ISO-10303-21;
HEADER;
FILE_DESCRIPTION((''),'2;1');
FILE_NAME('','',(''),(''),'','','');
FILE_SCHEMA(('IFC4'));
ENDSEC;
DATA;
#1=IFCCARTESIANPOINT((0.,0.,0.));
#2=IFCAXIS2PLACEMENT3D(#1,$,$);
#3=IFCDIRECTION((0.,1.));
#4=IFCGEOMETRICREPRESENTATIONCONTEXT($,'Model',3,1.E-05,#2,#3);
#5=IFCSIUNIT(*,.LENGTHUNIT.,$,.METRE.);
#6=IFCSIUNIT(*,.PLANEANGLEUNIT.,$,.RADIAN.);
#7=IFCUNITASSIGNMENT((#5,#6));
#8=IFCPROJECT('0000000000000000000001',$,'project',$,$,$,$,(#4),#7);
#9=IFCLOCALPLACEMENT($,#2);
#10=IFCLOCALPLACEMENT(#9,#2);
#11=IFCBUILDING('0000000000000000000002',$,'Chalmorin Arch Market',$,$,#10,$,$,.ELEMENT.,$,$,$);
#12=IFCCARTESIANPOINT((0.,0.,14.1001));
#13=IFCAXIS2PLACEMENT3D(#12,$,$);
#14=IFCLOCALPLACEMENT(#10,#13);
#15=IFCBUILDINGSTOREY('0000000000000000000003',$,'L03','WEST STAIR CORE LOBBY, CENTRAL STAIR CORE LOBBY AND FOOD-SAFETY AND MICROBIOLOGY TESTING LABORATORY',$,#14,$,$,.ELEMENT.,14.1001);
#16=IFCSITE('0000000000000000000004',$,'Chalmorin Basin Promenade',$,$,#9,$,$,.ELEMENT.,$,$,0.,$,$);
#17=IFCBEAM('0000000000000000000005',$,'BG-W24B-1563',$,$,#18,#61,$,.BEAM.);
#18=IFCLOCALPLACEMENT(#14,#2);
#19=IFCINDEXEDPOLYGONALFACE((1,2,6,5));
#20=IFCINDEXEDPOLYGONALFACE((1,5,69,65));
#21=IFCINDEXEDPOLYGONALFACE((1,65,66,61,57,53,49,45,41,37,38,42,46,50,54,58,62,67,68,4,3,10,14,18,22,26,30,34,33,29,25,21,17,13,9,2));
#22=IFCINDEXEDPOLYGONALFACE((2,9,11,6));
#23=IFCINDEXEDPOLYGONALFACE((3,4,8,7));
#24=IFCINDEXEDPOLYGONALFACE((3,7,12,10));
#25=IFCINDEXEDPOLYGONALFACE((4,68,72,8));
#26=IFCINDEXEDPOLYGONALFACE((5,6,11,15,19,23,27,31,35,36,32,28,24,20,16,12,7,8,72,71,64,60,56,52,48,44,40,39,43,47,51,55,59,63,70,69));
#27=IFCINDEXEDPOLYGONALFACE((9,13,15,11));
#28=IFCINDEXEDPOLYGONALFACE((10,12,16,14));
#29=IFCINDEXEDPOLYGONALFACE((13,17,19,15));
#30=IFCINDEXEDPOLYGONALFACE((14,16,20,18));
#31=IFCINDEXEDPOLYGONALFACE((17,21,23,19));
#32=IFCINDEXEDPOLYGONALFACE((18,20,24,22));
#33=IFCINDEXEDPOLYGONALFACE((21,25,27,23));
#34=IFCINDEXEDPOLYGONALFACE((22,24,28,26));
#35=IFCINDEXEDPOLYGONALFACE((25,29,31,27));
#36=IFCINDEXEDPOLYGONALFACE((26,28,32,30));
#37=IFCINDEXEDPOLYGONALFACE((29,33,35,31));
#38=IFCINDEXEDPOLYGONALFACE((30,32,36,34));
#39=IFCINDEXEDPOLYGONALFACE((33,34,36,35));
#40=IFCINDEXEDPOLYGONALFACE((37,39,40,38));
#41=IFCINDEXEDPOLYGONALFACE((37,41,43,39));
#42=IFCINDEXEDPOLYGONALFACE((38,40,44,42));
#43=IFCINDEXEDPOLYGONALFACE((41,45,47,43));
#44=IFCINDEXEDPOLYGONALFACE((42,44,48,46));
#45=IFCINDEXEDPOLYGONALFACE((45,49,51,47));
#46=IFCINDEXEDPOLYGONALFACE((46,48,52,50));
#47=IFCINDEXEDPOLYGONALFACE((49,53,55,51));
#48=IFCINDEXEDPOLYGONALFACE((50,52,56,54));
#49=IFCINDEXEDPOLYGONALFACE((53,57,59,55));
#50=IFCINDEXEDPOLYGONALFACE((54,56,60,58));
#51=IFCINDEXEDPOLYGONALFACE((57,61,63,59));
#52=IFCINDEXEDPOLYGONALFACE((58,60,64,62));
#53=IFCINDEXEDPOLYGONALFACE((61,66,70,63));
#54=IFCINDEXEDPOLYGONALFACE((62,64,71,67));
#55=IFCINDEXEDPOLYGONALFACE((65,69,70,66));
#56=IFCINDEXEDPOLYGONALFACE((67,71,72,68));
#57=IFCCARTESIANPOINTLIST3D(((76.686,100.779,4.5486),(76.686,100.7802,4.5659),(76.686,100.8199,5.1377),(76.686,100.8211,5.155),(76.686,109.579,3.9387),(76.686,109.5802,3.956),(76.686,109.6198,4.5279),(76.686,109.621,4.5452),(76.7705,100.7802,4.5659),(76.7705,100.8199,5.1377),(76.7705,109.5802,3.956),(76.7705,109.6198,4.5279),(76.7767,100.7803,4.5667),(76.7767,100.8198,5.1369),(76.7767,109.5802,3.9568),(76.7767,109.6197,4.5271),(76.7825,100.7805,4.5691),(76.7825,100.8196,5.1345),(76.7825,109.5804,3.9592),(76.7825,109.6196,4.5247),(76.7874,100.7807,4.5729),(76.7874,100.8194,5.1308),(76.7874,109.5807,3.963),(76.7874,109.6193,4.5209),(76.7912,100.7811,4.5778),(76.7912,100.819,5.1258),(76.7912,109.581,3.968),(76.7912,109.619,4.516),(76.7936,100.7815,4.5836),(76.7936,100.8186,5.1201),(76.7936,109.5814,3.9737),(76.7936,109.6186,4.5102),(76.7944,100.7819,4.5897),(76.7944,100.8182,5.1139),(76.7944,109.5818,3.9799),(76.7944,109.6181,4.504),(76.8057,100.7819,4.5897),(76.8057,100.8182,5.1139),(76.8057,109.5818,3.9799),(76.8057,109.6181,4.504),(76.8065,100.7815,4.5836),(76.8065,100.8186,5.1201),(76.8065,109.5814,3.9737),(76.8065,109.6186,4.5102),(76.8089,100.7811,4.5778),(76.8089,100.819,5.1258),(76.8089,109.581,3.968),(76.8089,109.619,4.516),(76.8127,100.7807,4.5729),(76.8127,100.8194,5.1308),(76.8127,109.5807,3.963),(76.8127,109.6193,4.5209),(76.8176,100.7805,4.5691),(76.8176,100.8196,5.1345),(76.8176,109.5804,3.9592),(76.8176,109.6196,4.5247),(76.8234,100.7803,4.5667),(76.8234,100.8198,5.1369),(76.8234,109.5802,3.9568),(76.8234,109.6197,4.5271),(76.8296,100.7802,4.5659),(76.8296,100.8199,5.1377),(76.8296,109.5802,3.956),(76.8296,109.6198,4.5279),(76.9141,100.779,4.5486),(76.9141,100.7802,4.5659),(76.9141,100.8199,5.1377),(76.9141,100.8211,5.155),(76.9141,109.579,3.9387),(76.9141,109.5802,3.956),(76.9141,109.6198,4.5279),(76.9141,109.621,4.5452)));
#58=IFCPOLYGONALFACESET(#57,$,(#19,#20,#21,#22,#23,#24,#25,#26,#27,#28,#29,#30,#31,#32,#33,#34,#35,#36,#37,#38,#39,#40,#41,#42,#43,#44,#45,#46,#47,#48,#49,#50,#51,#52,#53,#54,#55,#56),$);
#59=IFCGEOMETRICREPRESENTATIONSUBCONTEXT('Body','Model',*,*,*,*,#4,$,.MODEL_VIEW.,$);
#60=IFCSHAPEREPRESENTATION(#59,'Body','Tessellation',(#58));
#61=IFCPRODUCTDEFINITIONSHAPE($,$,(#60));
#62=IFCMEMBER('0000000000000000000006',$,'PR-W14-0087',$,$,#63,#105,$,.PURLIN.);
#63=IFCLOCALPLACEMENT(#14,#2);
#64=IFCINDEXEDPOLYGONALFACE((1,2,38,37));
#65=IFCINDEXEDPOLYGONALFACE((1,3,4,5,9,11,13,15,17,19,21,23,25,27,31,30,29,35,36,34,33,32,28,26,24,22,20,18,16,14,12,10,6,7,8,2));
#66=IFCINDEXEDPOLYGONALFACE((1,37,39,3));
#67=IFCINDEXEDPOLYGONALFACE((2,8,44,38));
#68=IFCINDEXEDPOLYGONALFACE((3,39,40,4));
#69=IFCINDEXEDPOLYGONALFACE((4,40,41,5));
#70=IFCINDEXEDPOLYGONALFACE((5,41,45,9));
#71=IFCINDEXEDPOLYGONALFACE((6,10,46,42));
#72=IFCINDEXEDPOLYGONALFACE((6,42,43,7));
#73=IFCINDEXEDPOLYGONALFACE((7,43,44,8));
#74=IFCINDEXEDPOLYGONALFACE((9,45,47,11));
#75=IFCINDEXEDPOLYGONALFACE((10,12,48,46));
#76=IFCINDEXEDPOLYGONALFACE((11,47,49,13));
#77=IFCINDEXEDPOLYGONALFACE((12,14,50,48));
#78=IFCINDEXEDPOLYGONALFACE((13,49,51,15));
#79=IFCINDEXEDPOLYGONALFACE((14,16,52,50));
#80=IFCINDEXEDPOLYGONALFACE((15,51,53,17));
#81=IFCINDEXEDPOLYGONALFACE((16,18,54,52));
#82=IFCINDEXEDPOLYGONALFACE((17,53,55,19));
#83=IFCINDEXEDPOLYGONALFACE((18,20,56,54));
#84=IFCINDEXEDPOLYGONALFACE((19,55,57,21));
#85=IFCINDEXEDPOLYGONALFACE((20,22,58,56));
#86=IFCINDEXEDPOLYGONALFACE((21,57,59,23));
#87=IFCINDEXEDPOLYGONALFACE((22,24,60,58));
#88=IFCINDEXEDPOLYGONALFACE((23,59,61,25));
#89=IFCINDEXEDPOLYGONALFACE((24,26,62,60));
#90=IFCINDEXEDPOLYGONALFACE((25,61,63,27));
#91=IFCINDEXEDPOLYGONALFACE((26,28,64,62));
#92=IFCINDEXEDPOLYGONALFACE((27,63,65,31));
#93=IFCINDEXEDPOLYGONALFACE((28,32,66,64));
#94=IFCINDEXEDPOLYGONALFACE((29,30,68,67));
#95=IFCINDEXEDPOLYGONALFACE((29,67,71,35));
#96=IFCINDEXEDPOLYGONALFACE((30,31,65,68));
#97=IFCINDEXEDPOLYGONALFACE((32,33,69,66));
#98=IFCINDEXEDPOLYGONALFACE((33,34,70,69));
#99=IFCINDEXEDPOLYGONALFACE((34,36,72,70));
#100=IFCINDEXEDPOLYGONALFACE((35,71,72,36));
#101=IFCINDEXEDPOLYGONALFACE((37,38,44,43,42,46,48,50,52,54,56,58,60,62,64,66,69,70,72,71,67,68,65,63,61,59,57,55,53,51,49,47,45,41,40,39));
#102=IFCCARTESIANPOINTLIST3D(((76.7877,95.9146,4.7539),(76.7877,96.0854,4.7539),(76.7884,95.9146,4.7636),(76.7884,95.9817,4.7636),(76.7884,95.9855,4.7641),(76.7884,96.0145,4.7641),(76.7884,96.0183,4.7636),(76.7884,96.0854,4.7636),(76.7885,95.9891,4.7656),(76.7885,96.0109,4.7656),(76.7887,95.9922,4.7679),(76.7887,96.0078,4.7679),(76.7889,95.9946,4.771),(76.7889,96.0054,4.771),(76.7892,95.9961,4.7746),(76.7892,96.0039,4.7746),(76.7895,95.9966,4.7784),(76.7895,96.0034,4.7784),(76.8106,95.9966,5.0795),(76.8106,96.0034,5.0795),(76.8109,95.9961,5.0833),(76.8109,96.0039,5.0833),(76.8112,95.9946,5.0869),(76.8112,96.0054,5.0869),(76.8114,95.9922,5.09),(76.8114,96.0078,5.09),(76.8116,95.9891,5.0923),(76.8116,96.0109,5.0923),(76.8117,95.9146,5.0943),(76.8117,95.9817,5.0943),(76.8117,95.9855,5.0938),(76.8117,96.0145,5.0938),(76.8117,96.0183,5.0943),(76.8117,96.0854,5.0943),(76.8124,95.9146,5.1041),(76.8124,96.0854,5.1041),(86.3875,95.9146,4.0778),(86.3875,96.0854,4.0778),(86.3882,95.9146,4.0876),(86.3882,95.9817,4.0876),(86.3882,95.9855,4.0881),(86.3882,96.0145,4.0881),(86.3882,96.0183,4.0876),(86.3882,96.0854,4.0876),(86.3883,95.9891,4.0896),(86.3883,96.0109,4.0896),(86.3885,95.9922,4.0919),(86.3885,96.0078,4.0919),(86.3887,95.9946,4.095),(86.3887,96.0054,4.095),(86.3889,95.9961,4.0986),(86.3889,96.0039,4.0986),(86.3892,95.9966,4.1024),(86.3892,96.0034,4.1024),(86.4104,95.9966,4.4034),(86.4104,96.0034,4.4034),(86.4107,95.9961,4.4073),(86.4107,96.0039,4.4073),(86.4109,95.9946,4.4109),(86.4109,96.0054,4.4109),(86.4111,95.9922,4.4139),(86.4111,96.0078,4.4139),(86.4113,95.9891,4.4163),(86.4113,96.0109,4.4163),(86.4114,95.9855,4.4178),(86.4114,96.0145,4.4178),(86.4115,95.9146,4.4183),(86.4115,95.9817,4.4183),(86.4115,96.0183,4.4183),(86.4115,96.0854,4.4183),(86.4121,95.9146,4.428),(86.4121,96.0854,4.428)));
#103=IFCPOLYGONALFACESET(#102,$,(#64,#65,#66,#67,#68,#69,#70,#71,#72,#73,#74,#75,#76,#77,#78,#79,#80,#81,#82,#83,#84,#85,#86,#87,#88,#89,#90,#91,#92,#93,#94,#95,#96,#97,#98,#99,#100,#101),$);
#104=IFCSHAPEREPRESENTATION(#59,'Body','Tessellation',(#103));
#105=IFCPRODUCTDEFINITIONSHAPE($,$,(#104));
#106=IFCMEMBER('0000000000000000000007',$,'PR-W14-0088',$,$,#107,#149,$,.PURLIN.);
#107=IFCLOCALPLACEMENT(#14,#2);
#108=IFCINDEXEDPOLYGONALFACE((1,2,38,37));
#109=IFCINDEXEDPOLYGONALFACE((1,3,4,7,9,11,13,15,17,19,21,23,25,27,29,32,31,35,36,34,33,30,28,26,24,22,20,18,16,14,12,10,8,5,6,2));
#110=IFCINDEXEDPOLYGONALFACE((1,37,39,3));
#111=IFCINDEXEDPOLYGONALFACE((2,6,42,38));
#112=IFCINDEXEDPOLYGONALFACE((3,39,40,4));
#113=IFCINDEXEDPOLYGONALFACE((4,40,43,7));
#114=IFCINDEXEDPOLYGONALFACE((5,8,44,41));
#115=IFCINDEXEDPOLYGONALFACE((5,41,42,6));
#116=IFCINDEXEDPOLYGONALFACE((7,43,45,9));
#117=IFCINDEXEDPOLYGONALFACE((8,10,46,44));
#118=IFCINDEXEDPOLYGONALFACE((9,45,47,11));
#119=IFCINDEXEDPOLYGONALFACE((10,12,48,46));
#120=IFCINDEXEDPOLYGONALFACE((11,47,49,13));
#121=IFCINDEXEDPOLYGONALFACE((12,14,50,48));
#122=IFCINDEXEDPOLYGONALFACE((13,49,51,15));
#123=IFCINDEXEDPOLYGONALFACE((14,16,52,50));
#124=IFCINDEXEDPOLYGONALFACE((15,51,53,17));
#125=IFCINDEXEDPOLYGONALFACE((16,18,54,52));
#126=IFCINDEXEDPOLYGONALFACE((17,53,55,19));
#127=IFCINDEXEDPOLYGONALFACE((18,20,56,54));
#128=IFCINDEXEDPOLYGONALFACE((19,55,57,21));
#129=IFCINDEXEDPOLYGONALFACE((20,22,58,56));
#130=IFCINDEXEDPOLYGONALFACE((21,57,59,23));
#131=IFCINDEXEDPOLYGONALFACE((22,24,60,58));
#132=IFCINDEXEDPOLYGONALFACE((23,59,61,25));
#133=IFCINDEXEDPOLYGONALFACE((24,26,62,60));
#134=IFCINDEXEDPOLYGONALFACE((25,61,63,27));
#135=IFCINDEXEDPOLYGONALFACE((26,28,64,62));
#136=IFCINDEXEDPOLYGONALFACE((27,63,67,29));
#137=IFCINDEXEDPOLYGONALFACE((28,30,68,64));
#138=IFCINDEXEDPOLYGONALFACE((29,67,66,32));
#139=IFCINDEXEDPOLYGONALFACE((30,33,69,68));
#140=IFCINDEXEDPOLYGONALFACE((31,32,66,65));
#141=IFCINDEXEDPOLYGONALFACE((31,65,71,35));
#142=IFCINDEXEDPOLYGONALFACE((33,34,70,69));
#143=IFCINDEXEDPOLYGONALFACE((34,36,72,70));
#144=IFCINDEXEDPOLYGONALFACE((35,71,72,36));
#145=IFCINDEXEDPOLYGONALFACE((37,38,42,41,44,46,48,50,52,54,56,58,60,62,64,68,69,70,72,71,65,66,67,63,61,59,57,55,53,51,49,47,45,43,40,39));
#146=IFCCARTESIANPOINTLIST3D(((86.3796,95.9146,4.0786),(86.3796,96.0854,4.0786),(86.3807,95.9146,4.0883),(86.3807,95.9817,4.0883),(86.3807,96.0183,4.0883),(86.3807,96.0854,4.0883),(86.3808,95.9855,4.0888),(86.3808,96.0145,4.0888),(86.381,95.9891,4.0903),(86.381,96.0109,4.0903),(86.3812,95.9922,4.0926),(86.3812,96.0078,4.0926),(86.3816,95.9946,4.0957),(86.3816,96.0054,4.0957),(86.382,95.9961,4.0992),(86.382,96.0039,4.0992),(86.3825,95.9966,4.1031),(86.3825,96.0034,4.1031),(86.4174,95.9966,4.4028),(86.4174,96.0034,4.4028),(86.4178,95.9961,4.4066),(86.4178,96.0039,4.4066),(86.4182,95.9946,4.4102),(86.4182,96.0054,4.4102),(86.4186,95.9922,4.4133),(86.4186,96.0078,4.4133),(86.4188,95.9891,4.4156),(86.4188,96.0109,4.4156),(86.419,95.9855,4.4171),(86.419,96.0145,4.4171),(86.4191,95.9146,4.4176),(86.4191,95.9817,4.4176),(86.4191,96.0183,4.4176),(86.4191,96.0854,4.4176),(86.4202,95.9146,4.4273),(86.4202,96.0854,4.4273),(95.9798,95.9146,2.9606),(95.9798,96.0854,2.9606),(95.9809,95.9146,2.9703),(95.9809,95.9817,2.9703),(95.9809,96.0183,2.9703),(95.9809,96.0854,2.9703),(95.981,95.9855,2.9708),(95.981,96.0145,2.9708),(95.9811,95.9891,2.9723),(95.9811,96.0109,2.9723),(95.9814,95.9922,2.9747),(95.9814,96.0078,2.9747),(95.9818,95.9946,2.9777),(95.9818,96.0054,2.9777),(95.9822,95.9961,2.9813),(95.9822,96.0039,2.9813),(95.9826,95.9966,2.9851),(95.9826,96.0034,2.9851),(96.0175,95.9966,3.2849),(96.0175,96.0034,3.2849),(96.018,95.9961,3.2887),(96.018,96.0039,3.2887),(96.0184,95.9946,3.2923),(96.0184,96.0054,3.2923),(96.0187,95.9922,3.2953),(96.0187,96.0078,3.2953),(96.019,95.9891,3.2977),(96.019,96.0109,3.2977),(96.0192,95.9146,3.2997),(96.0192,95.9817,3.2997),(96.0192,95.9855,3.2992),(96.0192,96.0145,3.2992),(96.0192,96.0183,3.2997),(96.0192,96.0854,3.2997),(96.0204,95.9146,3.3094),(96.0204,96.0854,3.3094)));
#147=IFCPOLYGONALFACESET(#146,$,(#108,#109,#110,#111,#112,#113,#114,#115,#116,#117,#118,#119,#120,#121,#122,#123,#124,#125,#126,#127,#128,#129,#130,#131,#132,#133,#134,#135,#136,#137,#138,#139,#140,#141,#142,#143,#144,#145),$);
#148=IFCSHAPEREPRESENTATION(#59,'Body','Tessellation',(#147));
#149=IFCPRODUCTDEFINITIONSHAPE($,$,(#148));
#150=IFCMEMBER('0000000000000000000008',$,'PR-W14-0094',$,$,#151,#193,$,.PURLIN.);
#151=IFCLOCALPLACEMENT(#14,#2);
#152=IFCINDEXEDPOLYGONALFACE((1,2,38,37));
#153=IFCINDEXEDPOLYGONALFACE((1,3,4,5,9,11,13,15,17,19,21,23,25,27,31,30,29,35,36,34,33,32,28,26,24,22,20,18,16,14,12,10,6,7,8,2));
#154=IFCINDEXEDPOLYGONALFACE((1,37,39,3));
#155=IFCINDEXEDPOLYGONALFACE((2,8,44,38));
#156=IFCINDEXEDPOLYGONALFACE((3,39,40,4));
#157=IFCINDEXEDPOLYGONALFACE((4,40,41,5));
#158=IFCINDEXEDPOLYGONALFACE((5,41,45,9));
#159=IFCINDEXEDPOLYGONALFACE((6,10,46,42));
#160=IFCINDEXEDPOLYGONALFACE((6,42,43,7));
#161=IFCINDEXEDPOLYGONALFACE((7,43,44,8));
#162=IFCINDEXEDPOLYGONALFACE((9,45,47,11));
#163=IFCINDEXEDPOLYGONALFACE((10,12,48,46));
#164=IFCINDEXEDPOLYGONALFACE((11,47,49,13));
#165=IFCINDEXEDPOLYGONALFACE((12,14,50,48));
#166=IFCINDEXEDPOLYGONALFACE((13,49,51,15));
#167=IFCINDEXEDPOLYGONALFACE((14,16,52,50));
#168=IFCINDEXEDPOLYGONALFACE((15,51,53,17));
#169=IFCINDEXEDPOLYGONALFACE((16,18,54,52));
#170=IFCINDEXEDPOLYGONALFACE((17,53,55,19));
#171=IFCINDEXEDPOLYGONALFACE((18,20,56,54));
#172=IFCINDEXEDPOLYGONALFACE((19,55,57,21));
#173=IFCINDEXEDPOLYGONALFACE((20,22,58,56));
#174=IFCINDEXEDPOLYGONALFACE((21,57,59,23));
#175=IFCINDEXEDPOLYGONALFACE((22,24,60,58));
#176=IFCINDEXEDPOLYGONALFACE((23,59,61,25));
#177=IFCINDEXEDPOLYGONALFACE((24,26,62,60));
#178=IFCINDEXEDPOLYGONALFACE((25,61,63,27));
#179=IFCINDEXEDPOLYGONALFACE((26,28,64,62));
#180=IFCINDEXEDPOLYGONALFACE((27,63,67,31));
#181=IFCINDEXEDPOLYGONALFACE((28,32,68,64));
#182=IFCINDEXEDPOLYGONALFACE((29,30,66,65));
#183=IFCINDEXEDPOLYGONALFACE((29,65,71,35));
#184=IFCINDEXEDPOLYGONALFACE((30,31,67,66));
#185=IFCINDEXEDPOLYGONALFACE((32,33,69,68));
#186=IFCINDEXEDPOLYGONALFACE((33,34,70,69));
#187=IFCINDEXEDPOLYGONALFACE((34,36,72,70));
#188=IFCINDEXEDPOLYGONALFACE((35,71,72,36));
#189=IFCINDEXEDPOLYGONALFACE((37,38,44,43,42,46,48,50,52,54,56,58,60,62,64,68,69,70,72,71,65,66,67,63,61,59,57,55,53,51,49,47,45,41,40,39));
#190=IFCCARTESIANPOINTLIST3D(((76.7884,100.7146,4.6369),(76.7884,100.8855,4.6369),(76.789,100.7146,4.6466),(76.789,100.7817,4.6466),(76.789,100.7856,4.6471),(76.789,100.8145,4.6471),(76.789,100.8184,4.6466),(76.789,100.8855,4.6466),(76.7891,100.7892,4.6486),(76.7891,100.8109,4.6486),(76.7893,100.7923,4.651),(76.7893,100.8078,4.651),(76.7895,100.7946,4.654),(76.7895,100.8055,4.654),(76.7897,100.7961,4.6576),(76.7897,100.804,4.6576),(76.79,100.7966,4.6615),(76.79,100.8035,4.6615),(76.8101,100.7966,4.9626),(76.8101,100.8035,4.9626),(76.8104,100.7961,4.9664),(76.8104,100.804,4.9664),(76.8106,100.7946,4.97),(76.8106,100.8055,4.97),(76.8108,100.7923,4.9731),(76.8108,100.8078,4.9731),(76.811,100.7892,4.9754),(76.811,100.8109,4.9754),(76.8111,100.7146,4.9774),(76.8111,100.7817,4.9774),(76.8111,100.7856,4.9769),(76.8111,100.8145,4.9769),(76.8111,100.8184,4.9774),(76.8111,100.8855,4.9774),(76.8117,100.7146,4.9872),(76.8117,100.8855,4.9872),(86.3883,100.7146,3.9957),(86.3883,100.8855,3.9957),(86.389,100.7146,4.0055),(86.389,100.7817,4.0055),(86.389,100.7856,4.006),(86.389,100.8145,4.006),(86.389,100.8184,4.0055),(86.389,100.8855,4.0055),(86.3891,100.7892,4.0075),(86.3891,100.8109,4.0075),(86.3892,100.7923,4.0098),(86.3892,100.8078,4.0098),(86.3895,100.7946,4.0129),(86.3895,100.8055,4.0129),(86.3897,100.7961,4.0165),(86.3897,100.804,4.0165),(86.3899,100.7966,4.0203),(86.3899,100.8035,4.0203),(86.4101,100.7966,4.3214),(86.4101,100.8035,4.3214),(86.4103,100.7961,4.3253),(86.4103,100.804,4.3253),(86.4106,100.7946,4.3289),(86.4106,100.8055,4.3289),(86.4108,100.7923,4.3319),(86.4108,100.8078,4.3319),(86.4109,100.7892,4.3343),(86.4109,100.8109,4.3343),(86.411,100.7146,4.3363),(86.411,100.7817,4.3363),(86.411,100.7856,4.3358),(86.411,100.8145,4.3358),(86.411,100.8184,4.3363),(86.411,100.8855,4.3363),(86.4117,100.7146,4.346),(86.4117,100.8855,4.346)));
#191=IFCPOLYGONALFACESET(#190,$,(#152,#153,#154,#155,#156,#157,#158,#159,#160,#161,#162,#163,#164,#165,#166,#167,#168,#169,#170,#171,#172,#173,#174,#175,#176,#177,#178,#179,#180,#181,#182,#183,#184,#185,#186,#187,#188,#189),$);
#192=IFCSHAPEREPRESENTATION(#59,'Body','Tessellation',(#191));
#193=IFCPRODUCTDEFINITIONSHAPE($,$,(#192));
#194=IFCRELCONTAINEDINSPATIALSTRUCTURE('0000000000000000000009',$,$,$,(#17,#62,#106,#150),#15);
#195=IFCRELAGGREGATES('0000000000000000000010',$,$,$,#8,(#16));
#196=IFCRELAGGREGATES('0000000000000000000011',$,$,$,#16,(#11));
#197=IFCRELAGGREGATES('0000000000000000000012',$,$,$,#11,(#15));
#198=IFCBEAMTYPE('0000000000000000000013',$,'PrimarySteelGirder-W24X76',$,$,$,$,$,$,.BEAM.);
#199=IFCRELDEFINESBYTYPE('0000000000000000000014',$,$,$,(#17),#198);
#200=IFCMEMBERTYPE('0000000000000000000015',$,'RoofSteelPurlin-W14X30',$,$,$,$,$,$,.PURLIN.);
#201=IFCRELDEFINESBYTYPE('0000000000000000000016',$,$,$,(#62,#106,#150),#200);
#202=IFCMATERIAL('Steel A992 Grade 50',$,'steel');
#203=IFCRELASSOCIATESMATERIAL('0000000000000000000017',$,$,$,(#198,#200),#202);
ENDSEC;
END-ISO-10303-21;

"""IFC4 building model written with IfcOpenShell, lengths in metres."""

from ifc_helpers import new_model, si_unit, direction, frame, origin, origin_2d, place, context, subcontext, project, spatial, i_section, extrude, material, material_profile, profile_set, type_object, element, save


model = new_model("IFC4")

# Units and contexts
model_context = context("Model", 3, precision=1e-05, world=origin(), true_north=direction((0.0, 1.0)))
body_context = subcontext(model_context, "Body", "Model", "MODEL_VIEW")
ifc_project = project(units=[si_unit("LENGTHUNIT", "METRE"), si_unit("PLANEANGLEUNIT", "RADIAN")], contexts=[model_context])

# Site, building, storey
site_placement = place(None, origin())
site = spatial("IfcSite", under=ifc_project, at=site_placement, Name="Chalmorin Basin Promenade", CompositionType="ELEMENT", RefElevation=0.0)
building_placement = place(site_placement, origin())
building = spatial("IfcBuilding", under=site, at=building_placement, Name="Chalmorin Arch Market", CompositionType="ELEMENT")
storey_placement = place(building_placement, frame((0.0, 0.0, 14.1001)))
storey = spatial("IfcBuildingStorey", under=building, at=storey_placement, Name="L03", Description="WEST STAIR CORE LOBBY, CENTRAL STAIR CORE LOBBY AND FOOD-SAFETY AND MICROBIOLOGY TESTING LABORATORY", CompositionType="ELEMENT", Elevation=14.1001)

# Beam
ifc_material_1 = material(Name="Steel A992 Grade 50", Category="steel")
ifc_material_profile_1 = material_profile(ifc_material_1, i_section(OverallWidth=0.228, OverallDepth=0.6079, WebThickness=0.0112, FlangeThickness=0.0173, FilletRadius=0.0239, at=origin_2d()), Name="W24X76")
ifc_profile_set_1 = profile_set([ifc_material_profile_1], Name="Steel A992 Grade 50")
beam_type_1 = type_object("IfcBeamType", Name="PrimarySteelGirder-W24X76", PredefinedType="BEAM", material=ifc_profile_set_1)
beam_1_placement = place(storey_placement, frame((76.8, 100.8, 4.8518), z_axis=(0.0, 0.997607, -0.069136), x_axis=(-1.0, 0.0, 0.0)))
element("IfcBeam", 1, at=beam_1_placement, inside=storey, type_object=beam_type_1, Name="BG-W24B-1563", PredefinedType="BEAM", context=body_context, shape_type="SweptSolid", body=[
    extrude(i_section(OverallWidth=0.228, OverallDepth=0.6079, WebThickness=0.0112, FlangeThickness=0.0173, FilletRadius=0.0239, at=origin_2d()), origin(), (0.0, 0.0, 1.0), 8.821),
])

# Members
ifc_material_profile_2 = material_profile(ifc_material_1, i_section(OverallWidth=0.1709, OverallDepth=0.3511, WebThickness=0.0068, FlangeThickness=0.0098, FilletRadius=0.0149, at=origin_2d()), Name="W14X30")
ifc_profile_set_2 = profile_set([ifc_material_profile_2], Name="Steel A992 Grade 50")
member_type = type_object("IfcMemberType", Name="RoofSteelPurlin-W14X30", PredefinedType="PURLIN", material=ifc_profile_set_2)
member_1_placement = place(storey_placement, frame((76.8, 96.0, 4.929), z_axis=(0.99753, 0.0, -0.070246), x_axis=(0.0, 1.0, 0.0)))
element("IfcMember", 2, at=member_1_placement, inside=storey, type_object=member_type, Name="PR-W14-0087", PredefinedType="PURLIN", context=body_context, shape_type="SweptSolid", body=[
    extrude(i_section(OverallWidth=0.1709, OverallDepth=0.3511, WebThickness=0.0068, FlangeThickness=0.0098, FilletRadius=0.0149, at=origin_2d()), origin(), (0.0, 0.0, 1.0), 9.6235),
])
member_2_placement = place(storey_placement, frame((86.3999, 96.0, 4.2529), z_axis=(0.993288, 0.0, -0.115667), x_axis=(0.0, 1.0, 0.0)))
element("IfcMember", 3, at=member_2_placement, inside=storey, type_object=member_type, Name="PR-W14-0088", PredefinedType="PURLIN", context=body_context, shape_type="SweptSolid", body=[
    extrude(i_section(OverallWidth=0.1709, OverallDepth=0.3511, WebThickness=0.0068, FlangeThickness=0.0098, FilletRadius=0.0149, at=origin_2d()), origin(), (0.0, 0.0, 1.0), 9.665),
])
member_3_placement = place(storey_placement, frame((76.8, 100.8, 4.812), z_axis=(0.997777, 0.0, -0.066635), x_axis=(0.0, 1.0, 0.0)))
element("IfcMember", 4, at=member_3_placement, inside=storey, type_object=member_type, Name="PR-W14-0094", PredefinedType="PURLIN", context=body_context, shape_type="SweptSolid", body=[
    extrude(i_section(OverallWidth=0.1709, OverallDepth=0.3511, WebThickness=0.0068, FlangeThickness=0.0098, FilletRadius=0.0149, at=origin_2d()), origin(), (0.0, 0.0, 1.0), 9.6213),
])

save(model, "model.ifc")
